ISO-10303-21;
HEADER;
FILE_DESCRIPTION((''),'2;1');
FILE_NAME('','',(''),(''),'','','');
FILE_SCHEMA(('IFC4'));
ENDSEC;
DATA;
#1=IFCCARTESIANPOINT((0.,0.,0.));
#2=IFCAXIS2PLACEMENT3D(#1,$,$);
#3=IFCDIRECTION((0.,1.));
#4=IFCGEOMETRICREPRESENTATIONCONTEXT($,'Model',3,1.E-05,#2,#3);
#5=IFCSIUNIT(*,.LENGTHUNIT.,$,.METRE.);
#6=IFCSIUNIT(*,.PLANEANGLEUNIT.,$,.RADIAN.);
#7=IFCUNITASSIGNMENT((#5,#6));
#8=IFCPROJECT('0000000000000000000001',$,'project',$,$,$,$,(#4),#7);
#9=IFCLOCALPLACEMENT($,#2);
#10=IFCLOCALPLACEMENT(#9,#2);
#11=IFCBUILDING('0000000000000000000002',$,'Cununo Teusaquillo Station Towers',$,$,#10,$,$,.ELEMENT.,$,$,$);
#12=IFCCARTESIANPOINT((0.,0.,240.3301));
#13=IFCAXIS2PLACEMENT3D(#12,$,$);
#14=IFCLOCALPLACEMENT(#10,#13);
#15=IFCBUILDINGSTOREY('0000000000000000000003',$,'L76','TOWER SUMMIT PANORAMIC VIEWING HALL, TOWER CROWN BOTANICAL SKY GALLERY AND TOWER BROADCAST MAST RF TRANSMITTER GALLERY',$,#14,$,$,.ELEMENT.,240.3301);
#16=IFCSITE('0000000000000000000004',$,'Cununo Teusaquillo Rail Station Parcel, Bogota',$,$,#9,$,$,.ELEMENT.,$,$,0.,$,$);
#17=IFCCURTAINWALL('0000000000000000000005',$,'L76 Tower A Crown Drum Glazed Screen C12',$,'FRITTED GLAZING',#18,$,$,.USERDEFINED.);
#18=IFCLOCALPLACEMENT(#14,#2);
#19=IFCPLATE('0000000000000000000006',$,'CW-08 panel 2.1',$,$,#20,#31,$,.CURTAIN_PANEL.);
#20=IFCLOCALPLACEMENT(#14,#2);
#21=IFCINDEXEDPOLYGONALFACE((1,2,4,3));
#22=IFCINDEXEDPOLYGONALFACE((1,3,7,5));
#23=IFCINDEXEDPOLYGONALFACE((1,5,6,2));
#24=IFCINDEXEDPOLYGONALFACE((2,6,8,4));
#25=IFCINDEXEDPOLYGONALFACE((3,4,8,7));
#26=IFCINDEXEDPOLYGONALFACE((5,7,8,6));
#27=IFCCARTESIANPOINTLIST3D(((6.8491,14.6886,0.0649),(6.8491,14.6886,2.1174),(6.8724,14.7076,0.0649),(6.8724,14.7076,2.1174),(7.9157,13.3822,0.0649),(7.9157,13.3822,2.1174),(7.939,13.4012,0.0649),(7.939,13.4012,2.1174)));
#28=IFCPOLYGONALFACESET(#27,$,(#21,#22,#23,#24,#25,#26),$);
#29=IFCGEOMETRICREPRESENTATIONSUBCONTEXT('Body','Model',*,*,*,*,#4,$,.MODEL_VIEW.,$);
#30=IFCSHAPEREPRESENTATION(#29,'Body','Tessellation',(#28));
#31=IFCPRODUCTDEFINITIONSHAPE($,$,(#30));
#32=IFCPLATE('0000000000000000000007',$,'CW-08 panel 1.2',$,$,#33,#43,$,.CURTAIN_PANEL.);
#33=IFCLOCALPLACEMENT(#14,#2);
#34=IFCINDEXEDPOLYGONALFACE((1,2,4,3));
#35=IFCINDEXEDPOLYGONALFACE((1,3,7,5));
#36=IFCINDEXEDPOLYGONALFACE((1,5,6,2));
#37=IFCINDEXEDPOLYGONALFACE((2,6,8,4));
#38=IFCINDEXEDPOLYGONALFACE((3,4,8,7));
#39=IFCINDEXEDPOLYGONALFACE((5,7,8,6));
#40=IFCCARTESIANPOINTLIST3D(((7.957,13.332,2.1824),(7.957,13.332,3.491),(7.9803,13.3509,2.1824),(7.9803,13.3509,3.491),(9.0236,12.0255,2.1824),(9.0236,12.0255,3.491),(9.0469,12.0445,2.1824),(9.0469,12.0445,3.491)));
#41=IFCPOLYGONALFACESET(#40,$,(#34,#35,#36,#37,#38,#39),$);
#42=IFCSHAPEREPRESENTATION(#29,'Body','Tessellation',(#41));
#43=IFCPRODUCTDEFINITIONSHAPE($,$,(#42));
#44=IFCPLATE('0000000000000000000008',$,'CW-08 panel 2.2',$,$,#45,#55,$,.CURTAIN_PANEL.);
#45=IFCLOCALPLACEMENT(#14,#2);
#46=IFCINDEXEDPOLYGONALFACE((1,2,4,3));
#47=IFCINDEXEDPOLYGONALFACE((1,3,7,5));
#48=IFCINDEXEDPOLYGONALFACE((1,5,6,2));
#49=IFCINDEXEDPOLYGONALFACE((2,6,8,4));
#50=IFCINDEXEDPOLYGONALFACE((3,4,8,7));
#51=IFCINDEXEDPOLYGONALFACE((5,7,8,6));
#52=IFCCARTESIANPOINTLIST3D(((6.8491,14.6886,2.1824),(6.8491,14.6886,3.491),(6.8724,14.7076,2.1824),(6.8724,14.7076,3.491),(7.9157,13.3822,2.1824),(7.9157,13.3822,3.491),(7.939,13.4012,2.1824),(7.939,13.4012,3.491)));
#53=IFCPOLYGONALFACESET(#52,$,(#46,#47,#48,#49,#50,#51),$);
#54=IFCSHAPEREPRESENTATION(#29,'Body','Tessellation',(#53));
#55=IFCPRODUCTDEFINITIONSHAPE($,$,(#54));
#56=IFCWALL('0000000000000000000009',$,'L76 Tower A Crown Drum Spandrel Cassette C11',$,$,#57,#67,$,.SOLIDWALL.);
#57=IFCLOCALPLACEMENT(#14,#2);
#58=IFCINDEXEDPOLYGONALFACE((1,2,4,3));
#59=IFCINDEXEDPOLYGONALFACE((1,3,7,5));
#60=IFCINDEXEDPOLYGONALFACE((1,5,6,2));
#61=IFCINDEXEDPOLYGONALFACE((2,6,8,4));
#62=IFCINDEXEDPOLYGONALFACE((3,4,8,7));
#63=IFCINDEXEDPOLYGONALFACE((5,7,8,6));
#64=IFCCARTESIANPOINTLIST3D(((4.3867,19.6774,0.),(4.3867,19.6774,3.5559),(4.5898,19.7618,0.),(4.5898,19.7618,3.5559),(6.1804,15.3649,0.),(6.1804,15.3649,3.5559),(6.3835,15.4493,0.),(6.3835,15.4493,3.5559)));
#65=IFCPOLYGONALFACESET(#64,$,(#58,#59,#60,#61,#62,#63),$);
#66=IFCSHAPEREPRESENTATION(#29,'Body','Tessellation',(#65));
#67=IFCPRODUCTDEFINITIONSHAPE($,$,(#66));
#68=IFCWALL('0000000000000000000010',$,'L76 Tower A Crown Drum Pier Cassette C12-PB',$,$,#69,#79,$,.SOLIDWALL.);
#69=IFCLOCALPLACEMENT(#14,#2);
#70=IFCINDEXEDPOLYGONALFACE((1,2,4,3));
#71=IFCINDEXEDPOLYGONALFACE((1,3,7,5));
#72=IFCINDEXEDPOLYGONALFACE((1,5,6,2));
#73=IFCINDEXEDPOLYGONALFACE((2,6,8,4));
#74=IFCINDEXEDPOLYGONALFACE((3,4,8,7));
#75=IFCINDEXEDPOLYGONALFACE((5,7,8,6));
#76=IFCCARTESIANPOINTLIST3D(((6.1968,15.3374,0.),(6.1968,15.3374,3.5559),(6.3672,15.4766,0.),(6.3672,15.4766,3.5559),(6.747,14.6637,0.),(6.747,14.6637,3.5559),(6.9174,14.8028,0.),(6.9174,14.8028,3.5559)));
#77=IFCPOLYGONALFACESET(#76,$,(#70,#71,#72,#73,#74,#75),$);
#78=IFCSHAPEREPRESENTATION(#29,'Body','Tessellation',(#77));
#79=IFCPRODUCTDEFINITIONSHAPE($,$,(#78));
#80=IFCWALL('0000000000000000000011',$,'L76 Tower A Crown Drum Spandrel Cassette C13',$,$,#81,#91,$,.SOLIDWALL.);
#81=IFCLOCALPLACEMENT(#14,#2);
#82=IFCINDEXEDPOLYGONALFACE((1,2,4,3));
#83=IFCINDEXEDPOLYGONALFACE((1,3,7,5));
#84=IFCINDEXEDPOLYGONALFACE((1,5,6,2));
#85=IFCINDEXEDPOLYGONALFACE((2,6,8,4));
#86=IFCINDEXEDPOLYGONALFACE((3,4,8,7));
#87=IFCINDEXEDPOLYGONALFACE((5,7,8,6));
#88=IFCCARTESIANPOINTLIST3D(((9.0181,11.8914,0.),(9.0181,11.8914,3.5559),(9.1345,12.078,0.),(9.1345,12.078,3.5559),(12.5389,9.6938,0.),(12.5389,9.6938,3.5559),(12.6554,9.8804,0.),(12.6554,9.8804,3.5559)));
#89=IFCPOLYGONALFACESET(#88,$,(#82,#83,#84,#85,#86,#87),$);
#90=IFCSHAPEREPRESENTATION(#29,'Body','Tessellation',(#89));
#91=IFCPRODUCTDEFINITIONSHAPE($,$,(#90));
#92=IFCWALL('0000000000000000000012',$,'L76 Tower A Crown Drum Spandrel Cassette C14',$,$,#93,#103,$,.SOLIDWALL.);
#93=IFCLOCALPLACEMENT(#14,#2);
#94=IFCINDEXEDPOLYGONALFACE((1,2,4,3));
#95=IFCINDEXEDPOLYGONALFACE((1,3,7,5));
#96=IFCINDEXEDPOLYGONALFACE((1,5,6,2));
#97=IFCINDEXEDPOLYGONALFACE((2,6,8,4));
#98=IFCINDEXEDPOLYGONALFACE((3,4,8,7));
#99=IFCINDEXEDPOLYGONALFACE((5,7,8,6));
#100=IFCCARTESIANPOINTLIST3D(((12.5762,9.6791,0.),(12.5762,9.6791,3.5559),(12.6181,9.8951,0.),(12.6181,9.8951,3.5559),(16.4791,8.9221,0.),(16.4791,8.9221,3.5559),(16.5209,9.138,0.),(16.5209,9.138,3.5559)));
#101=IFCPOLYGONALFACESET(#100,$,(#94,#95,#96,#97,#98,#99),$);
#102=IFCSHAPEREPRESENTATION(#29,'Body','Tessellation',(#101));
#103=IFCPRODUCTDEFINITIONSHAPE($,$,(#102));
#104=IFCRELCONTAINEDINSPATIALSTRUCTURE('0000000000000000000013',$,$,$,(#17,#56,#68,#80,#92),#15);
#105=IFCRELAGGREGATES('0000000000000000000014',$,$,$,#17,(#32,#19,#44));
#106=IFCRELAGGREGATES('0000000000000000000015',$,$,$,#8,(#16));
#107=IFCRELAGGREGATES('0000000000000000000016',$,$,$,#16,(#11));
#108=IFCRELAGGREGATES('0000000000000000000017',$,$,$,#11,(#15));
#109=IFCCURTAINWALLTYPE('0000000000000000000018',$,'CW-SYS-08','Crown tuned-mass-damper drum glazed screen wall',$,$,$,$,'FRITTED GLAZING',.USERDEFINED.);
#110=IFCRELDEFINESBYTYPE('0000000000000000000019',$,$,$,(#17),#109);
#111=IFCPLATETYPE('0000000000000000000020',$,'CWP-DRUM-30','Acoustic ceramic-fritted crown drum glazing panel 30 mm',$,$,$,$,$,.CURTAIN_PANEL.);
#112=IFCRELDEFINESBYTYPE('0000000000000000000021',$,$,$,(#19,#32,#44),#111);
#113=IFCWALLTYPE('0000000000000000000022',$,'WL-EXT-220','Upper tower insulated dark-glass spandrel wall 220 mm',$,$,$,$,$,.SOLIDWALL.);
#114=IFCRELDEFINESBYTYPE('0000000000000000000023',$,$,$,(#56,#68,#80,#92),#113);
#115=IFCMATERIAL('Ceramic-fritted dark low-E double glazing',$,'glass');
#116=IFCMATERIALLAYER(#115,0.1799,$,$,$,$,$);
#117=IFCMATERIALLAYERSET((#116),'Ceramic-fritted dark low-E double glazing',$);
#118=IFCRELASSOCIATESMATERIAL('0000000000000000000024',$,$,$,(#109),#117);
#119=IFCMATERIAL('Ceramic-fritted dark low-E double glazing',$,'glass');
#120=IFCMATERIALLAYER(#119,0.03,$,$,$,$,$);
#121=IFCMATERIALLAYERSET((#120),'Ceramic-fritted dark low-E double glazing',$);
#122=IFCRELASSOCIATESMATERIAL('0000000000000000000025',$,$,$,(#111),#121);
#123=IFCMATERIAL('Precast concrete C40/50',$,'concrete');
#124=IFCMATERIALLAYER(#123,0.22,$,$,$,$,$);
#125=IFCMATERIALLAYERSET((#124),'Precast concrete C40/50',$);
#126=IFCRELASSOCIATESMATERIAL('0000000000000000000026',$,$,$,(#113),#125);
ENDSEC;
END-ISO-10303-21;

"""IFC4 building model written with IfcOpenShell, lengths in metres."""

from ifc_helpers import new_model, si_unit, direction, frame, frame_2d, origin, origin_2d, place, context, subcontext, project, spatial, rectangle, extrude, source, transform, mapped, material, layer, layer_set, type_object, element, aggregate, save


model = new_model("IFC4")

# Units and contexts
model_context = context("Model", 3, precision=1e-05, world=origin(), true_north=direction((0.0, 1.0)))
body_context = subcontext(model_context, "Body", "Model", "MODEL_VIEW")
ifc_project = project(units=[si_unit("LENGTHUNIT", "METRE"), si_unit("PLANEANGLEUNIT", "RADIAN")], contexts=[model_context])

# Site, building, storey
site_placement = place(None, origin())
site = spatial("IfcSite", under=ifc_project, at=site_placement, Name="Cununo Teusaquillo Rail Station Parcel, Bogota", CompositionType="ELEMENT", RefElevation=0.0)
building_placement = place(site_placement, origin())
building = spatial("IfcBuilding", under=site, at=building_placement, Name="Cununo Teusaquillo Station Towers", CompositionType="ELEMENT")
storey_placement = place(building_placement, frame((0.0, 0.0, 240.3301)))
storey = spatial("IfcBuildingStorey", under=building, at=storey_placement, Name="L76", Description="TOWER SUMMIT PANORAMIC VIEWING HALL, TOWER CROWN BOTANICAL SKY GALLERY AND TOWER BROADCAST MAST RF TRANSMITTER GALLERY", CompositionType="ELEMENT", Elevation=240.3301)

# Curtain wall
ifc_material_1 = material(Name="Ceramic-fritted dark low-E double glazing", Category="glass")
ifc_layer_1 = layer(ifc_material_1, 0.1799)
ifc_layer_set_1 = layer_set([ifc_layer_1], Name="Ceramic-fritted dark low-E double glazing")
curtain_wall_type = type_object("IfcCurtainWallType", Name="CW-SYS-08", Description="Crown tuned-mass-damper drum glazed screen wall", ElementType="FRITTED GLAZING", PredefinedType="USERDEFINED", material=ifc_layer_set_1)
curtain_wall_placement = place(storey_placement, origin())
curtain_wall = element("IfcCurtainWall", 1, at=curtain_wall_placement, inside=storey, type_object=curtain_wall_type, Name="L76 Tower A Crown Drum Glazed Screen C12", ObjectType="FRITTED GLAZING", PredefinedType="USERDEFINED")

# Plates
ifc_material_2 = material(Name="Ceramic-fritted dark low-E double glazing", Category="glass")
ifc_layer_2 = layer(ifc_material_2, 0.03)
ifc_layer_set_2 = layer_set([ifc_layer_2], Name="Ceramic-fritted dark low-E double glazing")
plate_type_1 = type_object("IfcPlateType", Name="CWP-DRUM-30", Description="Acoustic ceramic-fritted crown drum glazing panel 30 mm", PredefinedType="CURTAIN_PANEL", material=ifc_layer_set_2)
shared_shape_1 = source(origin(), body_context, "Body", "SweptSolid", [
    extrude(rectangle(XDim=1.6865, YDim=0.03, at=origin_2d()), origin(), (0.0, 0.0, 1.0), 2.0525),
])
plate_1_placement = place(storey_placement, frame((7.394, 14.0449, 0.0649), z_axis=(0.0, 0.0, 1.0), x_axis=(-0.632409, 0.774635, 0.0)))
plate_1 = element("IfcPlate", 2, at=plate_1_placement, type_object=plate_type_1, Name="CW-08 panel 2.1", PredefinedType="CURTAIN_PANEL", context=body_context, shape_type="MappedRepresentation", body=[
    mapped(shared_shape_1, transform((0.0, 0.0, 0.0), x_axis=(1.0, 0.0, 0.0), y_axis=(0.0, 1.0, 0.0), z_axis=(0.0, 0.0, 1.0), scale=1.0)),
])
shared_shape_2 = source(origin(), body_context, "Body", "SweptSolid", [
    extrude(rectangle(XDim=1.6865, YDim=0.03, at=origin_2d()), origin(), (0.0, 0.0, 1.0), 1.3086),
])
plate_2_placement = place(storey_placement, frame((8.502, 12.6882, 2.1824), z_axis=(0.0, 0.0, 1.0), x_axis=(-0.632409, 0.774635, 0.0)))
plate_2 = element("IfcPlate", 3, at=plate_2_placement, type_object=plate_type_1, Name="CW-08 panel 1.2", PredefinedType="CURTAIN_PANEL", context=body_context, shape_type="MappedRepresentation", body=[
    mapped(shared_shape_2, transform((0.0, 0.0, 0.0), x_axis=(1.0, 0.0, 0.0), y_axis=(0.0, 1.0, 0.0), z_axis=(0.0, 0.0, 1.0), scale=1.0)),
])
plate_3_placement = place(storey_placement, frame((7.394, 14.0449, 2.1824), z_axis=(0.0, 0.0, 1.0), x_axis=(-0.632409, 0.774635, 0.0)))
plate_3 = element("IfcPlate", 4, at=plate_3_placement, type_object=plate_type_1, Name="CW-08 panel 2.2", PredefinedType="CURTAIN_PANEL", context=body_context, shape_type="MappedRepresentation", body=[
    mapped(shared_shape_2, transform((0.0, 0.0, 0.0), x_axis=(1.0, 0.0, 0.0), y_axis=(0.0, 1.0, 0.0), z_axis=(0.0, 0.0, 1.0), scale=1.0)),
])
aggregate(curtain_wall, [plate_2, plate_1, plate_3])

# Walls
ifc_material_3 = material(Name="Precast concrete C40/50", Category="concrete")
ifc_layer_3 = layer(ifc_material_3, 0.22)
ifc_layer_set_3 = layer_set([ifc_layer_3], Name="Precast concrete C40/50")
wall_type = type_object("IfcWallType", Name="WL-EXT-220", Description="Upper tower insulated dark-glass spandrel wall 220 mm", PredefinedType="SOLIDWALL", material=ifc_layer_set_3)
wall_1_placement = place(storey_placement, frame((6.282, 15.407, 0.0), z_axis=(0.0, 0.0, 1.0), x_axis=(-0.384036, 0.923318, 0.0)))
element("IfcWall", 5, at=wall_1_placement, inside=storey, type_object=wall_type, Name="L76 Tower A Crown Drum Spandrel Cassette C11", PredefinedType="SOLIDWALL", context=body_context, shape_type="SweptSolid", body=[
    extrude(rectangle(XDim=4.6707, YDim=0.22, at=frame_2d((2.3354, 0.0))), origin(), (0.0, 0.0, 1.0), 3.5559),
])
wall_2_placement = place(storey_placement, frame((6.8323, 14.7332, 0.0), z_axis=(0.0, 0.0, 1.0), x_axis=(-0.632535, 0.774532, 0.0)))
element("IfcWall", 6, at=wall_2_placement, inside=storey, type_object=wall_type, Name="L76 Tower A Crown Drum Pier Cassette C12-PB", PredefinedType="SOLIDWALL", context=body_context, shape_type="SweptSolid", body=[
    extrude(rectangle(XDim=0.8699, YDim=0.22, at=frame_2d((0.4351, 0.0))), origin(), (0.0, 0.0, 1.0), 3.5559),
])
wall_3_placement = place(storey_placement, frame((12.5972, 9.7871, 0.0), z_axis=(0.0, 0.0, 1.0), x_axis=(-0.848319, 0.529486, 0.0)))
element("IfcWall", 7, at=wall_3_placement, inside=storey, type_object=wall_type, Name="L76 Tower A Crown Drum Spandrel Cassette C13", PredefinedType="SOLIDWALL", context=body_context, shape_type="SweptSolid", body=[
    extrude(rectangle(XDim=4.1504, YDim=0.22, at=frame_2d((2.0752, 0.0))), origin(), (0.0, 0.0, 1.0), 3.5559),
])
wall_4_placement = place(storey_placement, frame((16.5, 9.03, 0.0), z_axis=(0.0, 0.0, 1.0), x_axis=(-0.9817, 0.190432, 0.0)))
element("IfcWall", 8, at=wall_4_placement, inside=storey, type_object=wall_type, Name="L76 Tower A Crown Drum Spandrel Cassette C14", PredefinedType="SOLIDWALL", context=body_context, shape_type="SweptSolid", body=[
    extrude(rectangle(XDim=3.9756, YDim=0.22, at=frame_2d((1.9878, 0.0))), origin(), (0.0, 0.0, 1.0), 3.5559),
])

save(model, "model.ifc")
